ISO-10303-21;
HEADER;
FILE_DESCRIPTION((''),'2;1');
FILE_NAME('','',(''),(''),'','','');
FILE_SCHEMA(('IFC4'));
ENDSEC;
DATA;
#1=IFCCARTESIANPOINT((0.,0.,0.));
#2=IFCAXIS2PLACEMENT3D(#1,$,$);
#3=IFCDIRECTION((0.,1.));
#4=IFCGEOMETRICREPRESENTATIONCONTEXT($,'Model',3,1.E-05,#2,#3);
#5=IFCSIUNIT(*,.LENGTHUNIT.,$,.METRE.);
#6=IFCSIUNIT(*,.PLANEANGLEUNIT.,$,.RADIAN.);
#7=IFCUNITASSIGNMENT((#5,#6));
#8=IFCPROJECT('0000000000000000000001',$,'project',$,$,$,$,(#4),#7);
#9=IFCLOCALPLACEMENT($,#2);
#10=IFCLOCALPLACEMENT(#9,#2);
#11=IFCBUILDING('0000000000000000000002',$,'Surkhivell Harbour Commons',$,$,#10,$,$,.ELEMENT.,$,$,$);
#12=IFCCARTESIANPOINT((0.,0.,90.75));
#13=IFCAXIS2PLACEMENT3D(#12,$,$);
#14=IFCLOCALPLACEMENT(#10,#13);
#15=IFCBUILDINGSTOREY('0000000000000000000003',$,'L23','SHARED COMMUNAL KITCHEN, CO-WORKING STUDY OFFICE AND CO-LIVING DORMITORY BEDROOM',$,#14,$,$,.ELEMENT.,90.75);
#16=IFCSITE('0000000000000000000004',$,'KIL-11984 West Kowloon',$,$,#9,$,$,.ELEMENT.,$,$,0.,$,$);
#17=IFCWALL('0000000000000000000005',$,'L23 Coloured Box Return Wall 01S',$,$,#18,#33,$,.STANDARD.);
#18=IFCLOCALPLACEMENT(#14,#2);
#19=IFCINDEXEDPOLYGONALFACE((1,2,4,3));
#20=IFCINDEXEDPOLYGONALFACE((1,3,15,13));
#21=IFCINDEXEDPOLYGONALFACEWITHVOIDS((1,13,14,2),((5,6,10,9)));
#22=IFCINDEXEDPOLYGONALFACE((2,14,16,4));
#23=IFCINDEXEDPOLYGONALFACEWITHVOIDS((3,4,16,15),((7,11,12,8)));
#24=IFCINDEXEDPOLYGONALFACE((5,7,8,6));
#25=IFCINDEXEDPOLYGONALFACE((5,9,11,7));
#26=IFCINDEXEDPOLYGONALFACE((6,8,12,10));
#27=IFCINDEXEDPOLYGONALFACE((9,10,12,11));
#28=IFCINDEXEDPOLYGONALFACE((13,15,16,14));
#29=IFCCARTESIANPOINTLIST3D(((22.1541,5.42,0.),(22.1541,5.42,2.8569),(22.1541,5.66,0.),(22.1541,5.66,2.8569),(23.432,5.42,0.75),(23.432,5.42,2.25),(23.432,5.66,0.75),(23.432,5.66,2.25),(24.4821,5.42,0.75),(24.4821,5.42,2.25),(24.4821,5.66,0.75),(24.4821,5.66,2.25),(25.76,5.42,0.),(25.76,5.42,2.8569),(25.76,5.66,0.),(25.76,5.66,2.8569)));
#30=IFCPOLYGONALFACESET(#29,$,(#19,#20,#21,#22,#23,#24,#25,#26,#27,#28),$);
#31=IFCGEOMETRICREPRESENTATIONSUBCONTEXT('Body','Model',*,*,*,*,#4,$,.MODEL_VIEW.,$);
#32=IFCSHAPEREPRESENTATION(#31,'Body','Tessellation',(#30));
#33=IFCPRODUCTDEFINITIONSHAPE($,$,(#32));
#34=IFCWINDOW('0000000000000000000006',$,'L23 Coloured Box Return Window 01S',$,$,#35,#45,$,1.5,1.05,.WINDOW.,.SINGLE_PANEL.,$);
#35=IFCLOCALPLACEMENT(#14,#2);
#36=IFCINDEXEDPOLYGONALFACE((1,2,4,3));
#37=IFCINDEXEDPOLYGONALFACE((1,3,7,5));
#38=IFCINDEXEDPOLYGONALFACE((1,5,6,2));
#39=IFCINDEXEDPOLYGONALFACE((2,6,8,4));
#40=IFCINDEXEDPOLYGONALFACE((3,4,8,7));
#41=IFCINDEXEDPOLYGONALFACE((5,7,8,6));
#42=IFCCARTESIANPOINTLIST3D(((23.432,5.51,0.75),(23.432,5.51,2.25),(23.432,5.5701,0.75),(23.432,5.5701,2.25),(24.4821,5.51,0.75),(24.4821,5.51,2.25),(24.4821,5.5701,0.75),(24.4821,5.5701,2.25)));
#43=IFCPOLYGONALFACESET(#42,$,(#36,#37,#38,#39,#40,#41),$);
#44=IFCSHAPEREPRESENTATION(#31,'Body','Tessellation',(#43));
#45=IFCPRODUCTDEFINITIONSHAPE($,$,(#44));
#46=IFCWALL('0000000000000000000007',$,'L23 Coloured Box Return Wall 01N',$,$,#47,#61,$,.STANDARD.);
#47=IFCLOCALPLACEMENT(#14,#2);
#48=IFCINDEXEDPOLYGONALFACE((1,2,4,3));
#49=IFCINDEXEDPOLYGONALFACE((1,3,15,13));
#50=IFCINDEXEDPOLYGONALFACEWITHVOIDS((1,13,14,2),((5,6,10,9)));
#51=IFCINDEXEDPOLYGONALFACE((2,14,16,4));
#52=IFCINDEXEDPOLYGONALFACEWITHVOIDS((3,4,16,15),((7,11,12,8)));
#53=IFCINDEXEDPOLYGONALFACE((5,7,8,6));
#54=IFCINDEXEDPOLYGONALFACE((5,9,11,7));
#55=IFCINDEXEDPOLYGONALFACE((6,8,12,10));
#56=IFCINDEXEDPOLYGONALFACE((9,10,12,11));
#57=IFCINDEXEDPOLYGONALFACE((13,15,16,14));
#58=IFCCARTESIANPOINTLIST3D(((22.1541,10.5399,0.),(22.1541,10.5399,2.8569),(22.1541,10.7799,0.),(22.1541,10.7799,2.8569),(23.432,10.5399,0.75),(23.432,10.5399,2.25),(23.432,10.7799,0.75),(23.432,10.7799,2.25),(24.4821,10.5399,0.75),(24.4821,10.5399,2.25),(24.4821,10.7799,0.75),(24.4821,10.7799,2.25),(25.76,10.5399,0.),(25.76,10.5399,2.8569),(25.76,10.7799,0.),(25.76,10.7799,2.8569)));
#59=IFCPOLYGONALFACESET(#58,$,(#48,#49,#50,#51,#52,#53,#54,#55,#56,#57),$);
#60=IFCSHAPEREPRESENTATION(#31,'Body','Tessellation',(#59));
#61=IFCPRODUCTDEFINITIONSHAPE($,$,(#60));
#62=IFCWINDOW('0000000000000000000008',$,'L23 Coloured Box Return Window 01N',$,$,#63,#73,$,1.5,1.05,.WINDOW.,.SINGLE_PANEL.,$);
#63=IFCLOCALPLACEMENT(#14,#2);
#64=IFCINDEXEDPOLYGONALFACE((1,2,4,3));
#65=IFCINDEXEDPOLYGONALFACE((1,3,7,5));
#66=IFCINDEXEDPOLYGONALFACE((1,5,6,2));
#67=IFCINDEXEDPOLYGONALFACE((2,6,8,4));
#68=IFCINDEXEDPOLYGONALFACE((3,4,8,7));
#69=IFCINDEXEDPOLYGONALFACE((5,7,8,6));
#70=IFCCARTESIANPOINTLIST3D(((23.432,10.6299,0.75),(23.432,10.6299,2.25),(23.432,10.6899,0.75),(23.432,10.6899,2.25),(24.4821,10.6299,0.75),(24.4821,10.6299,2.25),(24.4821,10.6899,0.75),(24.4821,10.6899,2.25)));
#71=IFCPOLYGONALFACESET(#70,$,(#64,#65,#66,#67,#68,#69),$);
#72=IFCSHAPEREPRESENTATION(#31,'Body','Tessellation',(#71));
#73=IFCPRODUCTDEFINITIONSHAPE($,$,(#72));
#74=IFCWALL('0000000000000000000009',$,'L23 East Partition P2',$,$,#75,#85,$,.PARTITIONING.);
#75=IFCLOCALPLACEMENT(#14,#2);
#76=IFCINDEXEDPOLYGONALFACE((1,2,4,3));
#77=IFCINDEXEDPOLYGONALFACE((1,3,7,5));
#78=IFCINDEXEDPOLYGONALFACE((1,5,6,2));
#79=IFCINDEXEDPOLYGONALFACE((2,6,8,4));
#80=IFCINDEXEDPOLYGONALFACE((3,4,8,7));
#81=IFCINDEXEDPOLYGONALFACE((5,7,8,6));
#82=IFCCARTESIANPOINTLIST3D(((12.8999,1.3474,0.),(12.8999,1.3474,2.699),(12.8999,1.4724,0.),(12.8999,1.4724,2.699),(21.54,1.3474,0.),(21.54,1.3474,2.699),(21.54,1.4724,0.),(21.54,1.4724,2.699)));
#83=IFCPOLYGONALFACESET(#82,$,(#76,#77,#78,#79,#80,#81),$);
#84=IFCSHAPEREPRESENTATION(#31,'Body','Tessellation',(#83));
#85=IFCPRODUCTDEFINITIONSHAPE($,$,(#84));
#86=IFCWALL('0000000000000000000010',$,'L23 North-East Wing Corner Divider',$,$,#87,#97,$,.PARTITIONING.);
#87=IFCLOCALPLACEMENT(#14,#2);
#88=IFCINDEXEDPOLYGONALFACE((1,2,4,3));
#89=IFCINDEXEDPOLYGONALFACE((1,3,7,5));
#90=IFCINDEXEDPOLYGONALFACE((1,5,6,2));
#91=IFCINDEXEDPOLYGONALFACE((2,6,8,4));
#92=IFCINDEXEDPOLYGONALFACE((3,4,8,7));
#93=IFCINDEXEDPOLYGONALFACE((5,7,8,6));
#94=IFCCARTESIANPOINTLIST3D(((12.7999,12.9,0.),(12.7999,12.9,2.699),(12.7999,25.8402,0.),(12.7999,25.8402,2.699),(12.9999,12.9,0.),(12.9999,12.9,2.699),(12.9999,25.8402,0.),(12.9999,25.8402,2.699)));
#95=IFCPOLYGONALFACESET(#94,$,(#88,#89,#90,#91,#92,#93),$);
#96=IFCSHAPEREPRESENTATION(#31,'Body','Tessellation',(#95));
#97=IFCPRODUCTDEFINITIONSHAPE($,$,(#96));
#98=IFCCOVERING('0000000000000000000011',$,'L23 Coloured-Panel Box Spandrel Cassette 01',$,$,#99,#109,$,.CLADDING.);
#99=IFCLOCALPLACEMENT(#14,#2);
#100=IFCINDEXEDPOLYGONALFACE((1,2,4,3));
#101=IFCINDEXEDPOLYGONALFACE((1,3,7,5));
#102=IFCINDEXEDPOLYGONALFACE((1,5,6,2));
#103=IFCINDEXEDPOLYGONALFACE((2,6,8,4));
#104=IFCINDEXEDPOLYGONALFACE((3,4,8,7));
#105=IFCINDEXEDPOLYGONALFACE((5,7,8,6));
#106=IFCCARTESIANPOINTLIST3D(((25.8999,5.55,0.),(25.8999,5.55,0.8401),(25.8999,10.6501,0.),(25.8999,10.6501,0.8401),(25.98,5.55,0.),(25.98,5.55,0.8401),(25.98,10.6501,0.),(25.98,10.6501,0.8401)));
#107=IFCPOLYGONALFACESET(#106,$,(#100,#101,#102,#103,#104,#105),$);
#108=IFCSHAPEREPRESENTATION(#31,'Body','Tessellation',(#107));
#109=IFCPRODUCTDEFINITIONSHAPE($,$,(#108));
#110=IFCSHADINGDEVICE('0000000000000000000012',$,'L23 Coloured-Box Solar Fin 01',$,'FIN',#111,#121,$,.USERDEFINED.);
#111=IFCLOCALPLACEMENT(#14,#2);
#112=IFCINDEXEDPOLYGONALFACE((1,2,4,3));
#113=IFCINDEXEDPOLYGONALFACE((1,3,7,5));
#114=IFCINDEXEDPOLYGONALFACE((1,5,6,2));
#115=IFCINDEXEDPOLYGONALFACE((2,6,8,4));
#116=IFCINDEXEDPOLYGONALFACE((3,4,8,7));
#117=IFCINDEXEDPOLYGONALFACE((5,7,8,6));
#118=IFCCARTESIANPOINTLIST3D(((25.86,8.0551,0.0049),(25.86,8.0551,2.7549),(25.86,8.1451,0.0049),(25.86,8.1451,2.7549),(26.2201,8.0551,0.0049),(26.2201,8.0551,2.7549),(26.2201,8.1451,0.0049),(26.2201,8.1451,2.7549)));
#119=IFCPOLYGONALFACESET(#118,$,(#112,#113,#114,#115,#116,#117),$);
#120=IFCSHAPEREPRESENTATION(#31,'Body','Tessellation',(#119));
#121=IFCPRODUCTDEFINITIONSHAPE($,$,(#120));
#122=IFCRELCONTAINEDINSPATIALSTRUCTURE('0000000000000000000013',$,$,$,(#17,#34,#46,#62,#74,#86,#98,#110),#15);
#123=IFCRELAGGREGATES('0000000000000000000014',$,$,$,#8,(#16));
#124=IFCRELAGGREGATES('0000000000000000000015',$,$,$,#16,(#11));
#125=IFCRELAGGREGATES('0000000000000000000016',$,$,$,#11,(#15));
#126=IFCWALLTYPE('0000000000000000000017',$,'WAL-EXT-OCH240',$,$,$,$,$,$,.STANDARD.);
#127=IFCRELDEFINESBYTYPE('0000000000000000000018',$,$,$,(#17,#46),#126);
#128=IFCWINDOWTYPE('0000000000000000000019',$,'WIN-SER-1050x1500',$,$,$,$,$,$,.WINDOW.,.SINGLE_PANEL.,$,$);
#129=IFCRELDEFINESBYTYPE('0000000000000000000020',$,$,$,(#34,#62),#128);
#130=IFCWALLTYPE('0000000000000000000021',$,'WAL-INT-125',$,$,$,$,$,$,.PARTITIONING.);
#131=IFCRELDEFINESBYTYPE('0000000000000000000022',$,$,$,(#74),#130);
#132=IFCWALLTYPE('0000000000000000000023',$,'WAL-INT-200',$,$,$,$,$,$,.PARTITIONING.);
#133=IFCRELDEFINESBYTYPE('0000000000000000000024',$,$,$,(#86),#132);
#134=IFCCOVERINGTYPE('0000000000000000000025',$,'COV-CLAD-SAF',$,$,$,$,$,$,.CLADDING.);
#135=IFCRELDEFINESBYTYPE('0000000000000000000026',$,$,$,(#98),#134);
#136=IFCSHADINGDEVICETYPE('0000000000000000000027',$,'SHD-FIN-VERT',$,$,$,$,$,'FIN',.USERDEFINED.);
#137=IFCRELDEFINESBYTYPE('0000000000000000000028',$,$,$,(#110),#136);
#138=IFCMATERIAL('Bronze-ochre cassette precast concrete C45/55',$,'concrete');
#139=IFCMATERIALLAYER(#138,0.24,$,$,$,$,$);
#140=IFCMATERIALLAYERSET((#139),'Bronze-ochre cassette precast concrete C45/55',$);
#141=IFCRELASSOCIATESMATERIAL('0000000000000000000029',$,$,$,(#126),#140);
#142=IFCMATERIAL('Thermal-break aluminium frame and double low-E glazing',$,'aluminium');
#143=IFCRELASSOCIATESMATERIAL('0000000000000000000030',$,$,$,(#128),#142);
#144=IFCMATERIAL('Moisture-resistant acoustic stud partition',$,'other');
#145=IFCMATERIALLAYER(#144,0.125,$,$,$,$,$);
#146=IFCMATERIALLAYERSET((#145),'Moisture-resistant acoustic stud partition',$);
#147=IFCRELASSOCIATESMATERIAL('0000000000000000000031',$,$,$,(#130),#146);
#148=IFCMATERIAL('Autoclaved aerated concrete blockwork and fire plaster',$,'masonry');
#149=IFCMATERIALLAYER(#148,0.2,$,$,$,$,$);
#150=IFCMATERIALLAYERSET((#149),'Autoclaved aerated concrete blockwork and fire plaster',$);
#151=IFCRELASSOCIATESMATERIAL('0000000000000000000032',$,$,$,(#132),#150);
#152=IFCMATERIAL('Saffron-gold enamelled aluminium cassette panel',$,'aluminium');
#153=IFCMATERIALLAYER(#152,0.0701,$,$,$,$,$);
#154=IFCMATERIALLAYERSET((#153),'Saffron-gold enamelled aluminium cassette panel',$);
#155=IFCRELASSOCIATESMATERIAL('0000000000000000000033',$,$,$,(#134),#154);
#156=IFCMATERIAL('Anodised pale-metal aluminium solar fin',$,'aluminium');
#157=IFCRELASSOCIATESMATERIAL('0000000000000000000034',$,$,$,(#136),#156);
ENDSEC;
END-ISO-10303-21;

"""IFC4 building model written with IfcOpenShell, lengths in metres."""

from ifc_helpers import new_model, si_unit, direction, frame, frame_2d, origin, origin_2d, place, context, subcontext, project, spatial, rectangle, extrude, material, layer, layer_set, type_object, element, fill, save


model = new_model("IFC4")

# Units and contexts
model_context = context("Model", 3, precision=1e-05, world=origin(), true_north=direction((0.0, 1.0)))
body_context = subcontext(model_context, "Body", "Model", "MODEL_VIEW")
ifc_project = project(units=[si_unit("LENGTHUNIT", "METRE"), si_unit("PLANEANGLEUNIT", "RADIAN")], contexts=[model_context])

# Site, building, storey
site_placement = place(None, origin())
site = spatial("IfcSite", under=ifc_project, at=site_placement, Name="KIL-11984 West Kowloon", CompositionType="ELEMENT", RefElevation=0.0)
building_placement = place(site_placement, origin())
building = spatial("IfcBuilding", under=site, at=building_placement, Name="Surkhivell Harbour Commons", CompositionType="ELEMENT")
storey_placement = place(building_placement, frame((0.0, 0.0, 90.75)))
storey = spatial("IfcBuildingStorey", under=building, at=storey_placement, Name="L23", Description="SHARED COMMUNAL KITCHEN, CO-WORKING STUDY OFFICE AND CO-LIVING DORMITORY BEDROOM", CompositionType="ELEMENT", Elevation=90.75)

# Walls, openings, windows
ifc_material_1 = material(Name="Bronze-ochre cassette precast concrete C45/55", Category="concrete")
ifc_layer_1 = layer(ifc_material_1, 0.24)
ifc_layer_set_1 = layer_set([ifc_layer_1], Name="Bronze-ochre cassette precast concrete C45/55")
wall_type_1 = type_object("IfcWallType", Name="WAL-EXT-OCH240", PredefinedType="STANDARD", material=ifc_layer_set_1)
ifc_material_2 = material(Name="Thermal-break aluminium frame and double low-E glazing", Category="aluminium")
wall_1_placement = place(storey_placement, frame((22.1541, 5.54, 0.0), z_axis=(0.0, 0.0, 1.0), x_axis=(1.0, 0.0, 0.0)))
wall_1 = element("IfcWall", 1, at=wall_1_placement, inside=storey, type_object=wall_type_1, Name="L23 Coloured Box Return Wall 01S", PredefinedType="STANDARD", context=body_context, shape_type="SweptSolid", body=[
    extrude(rectangle(XDim=3.606, YDim=0.24, at=frame_2d((1.803, 0.0))), origin(), (0.0, 0.0, 1.0), 2.8569),
])
opening_1_placement = place(wall_1_placement, frame((1.2781, 0.0, 0.75)))
opening_1 = element("IfcOpeningElement", 2, at=opening_1_placement, cuts=wall_1, PredefinedType="OPENING", context=body_context, shape_type="SweptSolid", body=[
    extrude(rectangle(XDim=1.05, YDim=1.5, at=frame_2d((0.5249, 0.75))), frame((0.0, 0.1299, 0.0), z_axis=(0.0, -1.0, 0.0), x_axis=(1.0, 0.0, 0.0)), (0.0, 0.0, 1.0), 0.26),
])
window_type_1 = type_object("IfcWindowType", Name="WIN-SER-1050x1500", PartitioningType="SINGLE_PANEL", PredefinedType="WINDOW", material=ifc_material_2)
window_1_placement = place(opening_1_placement, origin())
window_1 = element("IfcWindow", 3, at=window_1_placement, inside=storey, type_object=window_type_1, Name="L23 Coloured Box Return Window 01S", OverallHeight=1.5, OverallWidth=1.05, PartitioningType="SINGLE_PANEL", PredefinedType="WINDOW", context=body_context, shape_type="SweptSolid", body=[
    extrude(rectangle(XDim=1.05, YDim=1.5, at=frame_2d((0.5249, 0.75))), frame((0.0, 0.03, 0.0), z_axis=(0.0, -1.0, 0.0), x_axis=(1.0, 0.0, 0.0)), (0.0, 0.0, 1.0), 0.0601),
])
fill(opening_1, window_1)
wall_2_placement = place(storey_placement, frame((22.1541, 10.6599, 0.0), z_axis=(0.0, 0.0, 1.0), x_axis=(1.0, 0.0, 0.0)))
wall_2 = element("IfcWall", 4, at=wall_2_placement, inside=storey, type_object=wall_type_1, Name="L23 Coloured Box Return Wall 01N", PredefinedType="STANDARD", context=body_context, shape_type="SweptSolid", body=[
    extrude(rectangle(XDim=3.606, YDim=0.24, at=frame_2d((1.803, 0.0))), origin(), (0.0, 0.0, 1.0), 2.8569),
])
opening_2_placement = place(wall_2_placement, frame((1.2781, 0.0, 0.75)))
opening_2 = element("IfcOpeningElement", 5, at=opening_2_placement, cuts=wall_2, PredefinedType="OPENING", context=body_context, shape_type="SweptSolid", body=[
    extrude(rectangle(XDim=1.05, YDim=1.5, at=frame_2d((0.5249, 0.75))), frame((0.0, 0.1299, 0.0), z_axis=(0.0, -1.0, 0.0), x_axis=(1.0, 0.0, 0.0)), (0.0, 0.0, 1.0), 0.26),
])
window_2_placement = place(opening_2_placement, origin())
window_2 = element("IfcWindow", 6, at=window_2_placement, inside=storey, type_object=window_type_1, Name="L23 Coloured Box Return Window 01N", OverallHeight=1.5, OverallWidth=1.05, PartitioningType="SINGLE_PANEL", PredefinedType="WINDOW", context=body_context, shape_type="SweptSolid", body=[
    extrude(rectangle(XDim=1.05, YDim=1.5, at=frame_2d((0.5249, 0.75))), frame((0.0, 0.03, 0.0), z_axis=(0.0, -1.0, 0.0), x_axis=(1.0, 0.0, 0.0)), (0.0, 0.0, 1.0), 0.0601),
])
fill(opening_2, window_2)

# Walls
ifc_material_3 = material(Name="Moisture-resistant acoustic stud partition", Category="other")
ifc_layer_2 = layer(ifc_material_3, 0.125)
ifc_layer_set_2 = layer_set([ifc_layer_2], Name="Moisture-resistant acoustic stud partition")
wall_type_2 = type_object("IfcWallType", Name="WAL-INT-125", PredefinedType="PARTITIONING", material=ifc_layer_set_2)
wall_3_placement = place(storey_placement, frame((12.8999, 1.4099, 0.0), z_axis=(0.0, 0.0, 1.0), x_axis=(1.0, 0.0, 0.0)))
element("IfcWall", 7, at=wall_3_placement, inside=storey, type_object=wall_type_2, Name="L23 East Partition P2", PredefinedType="PARTITIONING", context=body_context, shape_type="SweptSolid", body=[
    extrude(rectangle(XDim=8.6401, YDim=0.125, at=frame_2d((4.3201, 0.0))), origin(), (0.0, 0.0, 1.0), 2.699),
])
ifc_material_4 = material(Name="Autoclaved aerated concrete blockwork and fire plaster", Category="masonry")
ifc_layer_3 = layer(ifc_material_4, 0.2)
ifc_layer_set_3 = layer_set([ifc_layer_3], Name="Autoclaved aerated concrete blockwork and fire plaster")
wall_type_3 = type_object("IfcWallType", Name="WAL-INT-200", PredefinedType="PARTITIONING", material=ifc_layer_set_3)
wall_4_placement = place(storey_placement, frame((12.8999, 12.8999, 0.0), z_axis=(0.0, 0.0, 1.0), x_axis=(0.0, 1.0, 0.0)))
element("IfcWall", 8, at=wall_4_placement, inside=storey, type_object=wall_type_3, Name="L23 North-East Wing Corner Divider", PredefinedType="PARTITIONING", context=body_context, shape_type="SweptSolid", body=[
    extrude(rectangle(XDim=12.9402, YDim=0.2, at=frame_2d((6.4702, 0.0))), origin(), (0.0, 0.0, 1.0), 2.699),
])

# Covering
ifc_material_5 = material(Name="Saffron-gold enamelled aluminium cassette panel", Category="aluminium")
ifc_layer_4 = layer(ifc_material_5, 0.0701)
ifc_layer_set_4 = layer_set([ifc_layer_4], Name="Saffron-gold enamelled aluminium cassette panel")
covering_type = type_object("IfcCoveringType", Name="COV-CLAD-SAF", PredefinedType="CLADDING", material=ifc_layer_set_4)
covering_placement = place(storey_placement, frame((25.9399, 8.1001, 0.0), z_axis=(0.0, 0.0, 1.0), x_axis=(1.0, 0.0, 0.0)))
element("IfcCovering", 9, at=covering_placement, inside=storey, type_object=covering_type, Name="L23 Coloured-Panel Box Spandrel Cassette 01", PredefinedType="CLADDING", context=body_context, shape_type="SweptSolid", body=[
    extrude(rectangle(XDim=0.0801, YDim=5.1001, at=origin_2d()), origin(), (0.0, 0.0, 1.0), 0.8401),
])

# Shading device
ifc_material_6 = material(Name="Anodised pale-metal aluminium solar fin", Category="aluminium")
shading_device_type = type_object("IfcShadingDeviceType", Name="SHD-FIN-VERT", ElementType="FIN", PredefinedType="USERDEFINED", material=ifc_material_6)
shading_device_placement = place(storey_placement, frame((26.04, 8.1001, 0.0049), z_axis=(0.0, 0.0, 1.0), x_axis=(1.0, 0.0, 0.0)))
element("IfcShadingDevice", 10, at=shading_device_placement, inside=storey, type_object=shading_device_type, Name="L23 Coloured-Box Solar Fin 01", ObjectType="FIN", PredefinedType="USERDEFINED", context=body_context, shape_type="SweptSolid", body=[
    extrude(rectangle(XDim=0.3601, YDim=0.0901, at=origin_2d()), origin(), (0.0, 0.0, 1.0), 2.75),
])

save(model, "model.ifc")
